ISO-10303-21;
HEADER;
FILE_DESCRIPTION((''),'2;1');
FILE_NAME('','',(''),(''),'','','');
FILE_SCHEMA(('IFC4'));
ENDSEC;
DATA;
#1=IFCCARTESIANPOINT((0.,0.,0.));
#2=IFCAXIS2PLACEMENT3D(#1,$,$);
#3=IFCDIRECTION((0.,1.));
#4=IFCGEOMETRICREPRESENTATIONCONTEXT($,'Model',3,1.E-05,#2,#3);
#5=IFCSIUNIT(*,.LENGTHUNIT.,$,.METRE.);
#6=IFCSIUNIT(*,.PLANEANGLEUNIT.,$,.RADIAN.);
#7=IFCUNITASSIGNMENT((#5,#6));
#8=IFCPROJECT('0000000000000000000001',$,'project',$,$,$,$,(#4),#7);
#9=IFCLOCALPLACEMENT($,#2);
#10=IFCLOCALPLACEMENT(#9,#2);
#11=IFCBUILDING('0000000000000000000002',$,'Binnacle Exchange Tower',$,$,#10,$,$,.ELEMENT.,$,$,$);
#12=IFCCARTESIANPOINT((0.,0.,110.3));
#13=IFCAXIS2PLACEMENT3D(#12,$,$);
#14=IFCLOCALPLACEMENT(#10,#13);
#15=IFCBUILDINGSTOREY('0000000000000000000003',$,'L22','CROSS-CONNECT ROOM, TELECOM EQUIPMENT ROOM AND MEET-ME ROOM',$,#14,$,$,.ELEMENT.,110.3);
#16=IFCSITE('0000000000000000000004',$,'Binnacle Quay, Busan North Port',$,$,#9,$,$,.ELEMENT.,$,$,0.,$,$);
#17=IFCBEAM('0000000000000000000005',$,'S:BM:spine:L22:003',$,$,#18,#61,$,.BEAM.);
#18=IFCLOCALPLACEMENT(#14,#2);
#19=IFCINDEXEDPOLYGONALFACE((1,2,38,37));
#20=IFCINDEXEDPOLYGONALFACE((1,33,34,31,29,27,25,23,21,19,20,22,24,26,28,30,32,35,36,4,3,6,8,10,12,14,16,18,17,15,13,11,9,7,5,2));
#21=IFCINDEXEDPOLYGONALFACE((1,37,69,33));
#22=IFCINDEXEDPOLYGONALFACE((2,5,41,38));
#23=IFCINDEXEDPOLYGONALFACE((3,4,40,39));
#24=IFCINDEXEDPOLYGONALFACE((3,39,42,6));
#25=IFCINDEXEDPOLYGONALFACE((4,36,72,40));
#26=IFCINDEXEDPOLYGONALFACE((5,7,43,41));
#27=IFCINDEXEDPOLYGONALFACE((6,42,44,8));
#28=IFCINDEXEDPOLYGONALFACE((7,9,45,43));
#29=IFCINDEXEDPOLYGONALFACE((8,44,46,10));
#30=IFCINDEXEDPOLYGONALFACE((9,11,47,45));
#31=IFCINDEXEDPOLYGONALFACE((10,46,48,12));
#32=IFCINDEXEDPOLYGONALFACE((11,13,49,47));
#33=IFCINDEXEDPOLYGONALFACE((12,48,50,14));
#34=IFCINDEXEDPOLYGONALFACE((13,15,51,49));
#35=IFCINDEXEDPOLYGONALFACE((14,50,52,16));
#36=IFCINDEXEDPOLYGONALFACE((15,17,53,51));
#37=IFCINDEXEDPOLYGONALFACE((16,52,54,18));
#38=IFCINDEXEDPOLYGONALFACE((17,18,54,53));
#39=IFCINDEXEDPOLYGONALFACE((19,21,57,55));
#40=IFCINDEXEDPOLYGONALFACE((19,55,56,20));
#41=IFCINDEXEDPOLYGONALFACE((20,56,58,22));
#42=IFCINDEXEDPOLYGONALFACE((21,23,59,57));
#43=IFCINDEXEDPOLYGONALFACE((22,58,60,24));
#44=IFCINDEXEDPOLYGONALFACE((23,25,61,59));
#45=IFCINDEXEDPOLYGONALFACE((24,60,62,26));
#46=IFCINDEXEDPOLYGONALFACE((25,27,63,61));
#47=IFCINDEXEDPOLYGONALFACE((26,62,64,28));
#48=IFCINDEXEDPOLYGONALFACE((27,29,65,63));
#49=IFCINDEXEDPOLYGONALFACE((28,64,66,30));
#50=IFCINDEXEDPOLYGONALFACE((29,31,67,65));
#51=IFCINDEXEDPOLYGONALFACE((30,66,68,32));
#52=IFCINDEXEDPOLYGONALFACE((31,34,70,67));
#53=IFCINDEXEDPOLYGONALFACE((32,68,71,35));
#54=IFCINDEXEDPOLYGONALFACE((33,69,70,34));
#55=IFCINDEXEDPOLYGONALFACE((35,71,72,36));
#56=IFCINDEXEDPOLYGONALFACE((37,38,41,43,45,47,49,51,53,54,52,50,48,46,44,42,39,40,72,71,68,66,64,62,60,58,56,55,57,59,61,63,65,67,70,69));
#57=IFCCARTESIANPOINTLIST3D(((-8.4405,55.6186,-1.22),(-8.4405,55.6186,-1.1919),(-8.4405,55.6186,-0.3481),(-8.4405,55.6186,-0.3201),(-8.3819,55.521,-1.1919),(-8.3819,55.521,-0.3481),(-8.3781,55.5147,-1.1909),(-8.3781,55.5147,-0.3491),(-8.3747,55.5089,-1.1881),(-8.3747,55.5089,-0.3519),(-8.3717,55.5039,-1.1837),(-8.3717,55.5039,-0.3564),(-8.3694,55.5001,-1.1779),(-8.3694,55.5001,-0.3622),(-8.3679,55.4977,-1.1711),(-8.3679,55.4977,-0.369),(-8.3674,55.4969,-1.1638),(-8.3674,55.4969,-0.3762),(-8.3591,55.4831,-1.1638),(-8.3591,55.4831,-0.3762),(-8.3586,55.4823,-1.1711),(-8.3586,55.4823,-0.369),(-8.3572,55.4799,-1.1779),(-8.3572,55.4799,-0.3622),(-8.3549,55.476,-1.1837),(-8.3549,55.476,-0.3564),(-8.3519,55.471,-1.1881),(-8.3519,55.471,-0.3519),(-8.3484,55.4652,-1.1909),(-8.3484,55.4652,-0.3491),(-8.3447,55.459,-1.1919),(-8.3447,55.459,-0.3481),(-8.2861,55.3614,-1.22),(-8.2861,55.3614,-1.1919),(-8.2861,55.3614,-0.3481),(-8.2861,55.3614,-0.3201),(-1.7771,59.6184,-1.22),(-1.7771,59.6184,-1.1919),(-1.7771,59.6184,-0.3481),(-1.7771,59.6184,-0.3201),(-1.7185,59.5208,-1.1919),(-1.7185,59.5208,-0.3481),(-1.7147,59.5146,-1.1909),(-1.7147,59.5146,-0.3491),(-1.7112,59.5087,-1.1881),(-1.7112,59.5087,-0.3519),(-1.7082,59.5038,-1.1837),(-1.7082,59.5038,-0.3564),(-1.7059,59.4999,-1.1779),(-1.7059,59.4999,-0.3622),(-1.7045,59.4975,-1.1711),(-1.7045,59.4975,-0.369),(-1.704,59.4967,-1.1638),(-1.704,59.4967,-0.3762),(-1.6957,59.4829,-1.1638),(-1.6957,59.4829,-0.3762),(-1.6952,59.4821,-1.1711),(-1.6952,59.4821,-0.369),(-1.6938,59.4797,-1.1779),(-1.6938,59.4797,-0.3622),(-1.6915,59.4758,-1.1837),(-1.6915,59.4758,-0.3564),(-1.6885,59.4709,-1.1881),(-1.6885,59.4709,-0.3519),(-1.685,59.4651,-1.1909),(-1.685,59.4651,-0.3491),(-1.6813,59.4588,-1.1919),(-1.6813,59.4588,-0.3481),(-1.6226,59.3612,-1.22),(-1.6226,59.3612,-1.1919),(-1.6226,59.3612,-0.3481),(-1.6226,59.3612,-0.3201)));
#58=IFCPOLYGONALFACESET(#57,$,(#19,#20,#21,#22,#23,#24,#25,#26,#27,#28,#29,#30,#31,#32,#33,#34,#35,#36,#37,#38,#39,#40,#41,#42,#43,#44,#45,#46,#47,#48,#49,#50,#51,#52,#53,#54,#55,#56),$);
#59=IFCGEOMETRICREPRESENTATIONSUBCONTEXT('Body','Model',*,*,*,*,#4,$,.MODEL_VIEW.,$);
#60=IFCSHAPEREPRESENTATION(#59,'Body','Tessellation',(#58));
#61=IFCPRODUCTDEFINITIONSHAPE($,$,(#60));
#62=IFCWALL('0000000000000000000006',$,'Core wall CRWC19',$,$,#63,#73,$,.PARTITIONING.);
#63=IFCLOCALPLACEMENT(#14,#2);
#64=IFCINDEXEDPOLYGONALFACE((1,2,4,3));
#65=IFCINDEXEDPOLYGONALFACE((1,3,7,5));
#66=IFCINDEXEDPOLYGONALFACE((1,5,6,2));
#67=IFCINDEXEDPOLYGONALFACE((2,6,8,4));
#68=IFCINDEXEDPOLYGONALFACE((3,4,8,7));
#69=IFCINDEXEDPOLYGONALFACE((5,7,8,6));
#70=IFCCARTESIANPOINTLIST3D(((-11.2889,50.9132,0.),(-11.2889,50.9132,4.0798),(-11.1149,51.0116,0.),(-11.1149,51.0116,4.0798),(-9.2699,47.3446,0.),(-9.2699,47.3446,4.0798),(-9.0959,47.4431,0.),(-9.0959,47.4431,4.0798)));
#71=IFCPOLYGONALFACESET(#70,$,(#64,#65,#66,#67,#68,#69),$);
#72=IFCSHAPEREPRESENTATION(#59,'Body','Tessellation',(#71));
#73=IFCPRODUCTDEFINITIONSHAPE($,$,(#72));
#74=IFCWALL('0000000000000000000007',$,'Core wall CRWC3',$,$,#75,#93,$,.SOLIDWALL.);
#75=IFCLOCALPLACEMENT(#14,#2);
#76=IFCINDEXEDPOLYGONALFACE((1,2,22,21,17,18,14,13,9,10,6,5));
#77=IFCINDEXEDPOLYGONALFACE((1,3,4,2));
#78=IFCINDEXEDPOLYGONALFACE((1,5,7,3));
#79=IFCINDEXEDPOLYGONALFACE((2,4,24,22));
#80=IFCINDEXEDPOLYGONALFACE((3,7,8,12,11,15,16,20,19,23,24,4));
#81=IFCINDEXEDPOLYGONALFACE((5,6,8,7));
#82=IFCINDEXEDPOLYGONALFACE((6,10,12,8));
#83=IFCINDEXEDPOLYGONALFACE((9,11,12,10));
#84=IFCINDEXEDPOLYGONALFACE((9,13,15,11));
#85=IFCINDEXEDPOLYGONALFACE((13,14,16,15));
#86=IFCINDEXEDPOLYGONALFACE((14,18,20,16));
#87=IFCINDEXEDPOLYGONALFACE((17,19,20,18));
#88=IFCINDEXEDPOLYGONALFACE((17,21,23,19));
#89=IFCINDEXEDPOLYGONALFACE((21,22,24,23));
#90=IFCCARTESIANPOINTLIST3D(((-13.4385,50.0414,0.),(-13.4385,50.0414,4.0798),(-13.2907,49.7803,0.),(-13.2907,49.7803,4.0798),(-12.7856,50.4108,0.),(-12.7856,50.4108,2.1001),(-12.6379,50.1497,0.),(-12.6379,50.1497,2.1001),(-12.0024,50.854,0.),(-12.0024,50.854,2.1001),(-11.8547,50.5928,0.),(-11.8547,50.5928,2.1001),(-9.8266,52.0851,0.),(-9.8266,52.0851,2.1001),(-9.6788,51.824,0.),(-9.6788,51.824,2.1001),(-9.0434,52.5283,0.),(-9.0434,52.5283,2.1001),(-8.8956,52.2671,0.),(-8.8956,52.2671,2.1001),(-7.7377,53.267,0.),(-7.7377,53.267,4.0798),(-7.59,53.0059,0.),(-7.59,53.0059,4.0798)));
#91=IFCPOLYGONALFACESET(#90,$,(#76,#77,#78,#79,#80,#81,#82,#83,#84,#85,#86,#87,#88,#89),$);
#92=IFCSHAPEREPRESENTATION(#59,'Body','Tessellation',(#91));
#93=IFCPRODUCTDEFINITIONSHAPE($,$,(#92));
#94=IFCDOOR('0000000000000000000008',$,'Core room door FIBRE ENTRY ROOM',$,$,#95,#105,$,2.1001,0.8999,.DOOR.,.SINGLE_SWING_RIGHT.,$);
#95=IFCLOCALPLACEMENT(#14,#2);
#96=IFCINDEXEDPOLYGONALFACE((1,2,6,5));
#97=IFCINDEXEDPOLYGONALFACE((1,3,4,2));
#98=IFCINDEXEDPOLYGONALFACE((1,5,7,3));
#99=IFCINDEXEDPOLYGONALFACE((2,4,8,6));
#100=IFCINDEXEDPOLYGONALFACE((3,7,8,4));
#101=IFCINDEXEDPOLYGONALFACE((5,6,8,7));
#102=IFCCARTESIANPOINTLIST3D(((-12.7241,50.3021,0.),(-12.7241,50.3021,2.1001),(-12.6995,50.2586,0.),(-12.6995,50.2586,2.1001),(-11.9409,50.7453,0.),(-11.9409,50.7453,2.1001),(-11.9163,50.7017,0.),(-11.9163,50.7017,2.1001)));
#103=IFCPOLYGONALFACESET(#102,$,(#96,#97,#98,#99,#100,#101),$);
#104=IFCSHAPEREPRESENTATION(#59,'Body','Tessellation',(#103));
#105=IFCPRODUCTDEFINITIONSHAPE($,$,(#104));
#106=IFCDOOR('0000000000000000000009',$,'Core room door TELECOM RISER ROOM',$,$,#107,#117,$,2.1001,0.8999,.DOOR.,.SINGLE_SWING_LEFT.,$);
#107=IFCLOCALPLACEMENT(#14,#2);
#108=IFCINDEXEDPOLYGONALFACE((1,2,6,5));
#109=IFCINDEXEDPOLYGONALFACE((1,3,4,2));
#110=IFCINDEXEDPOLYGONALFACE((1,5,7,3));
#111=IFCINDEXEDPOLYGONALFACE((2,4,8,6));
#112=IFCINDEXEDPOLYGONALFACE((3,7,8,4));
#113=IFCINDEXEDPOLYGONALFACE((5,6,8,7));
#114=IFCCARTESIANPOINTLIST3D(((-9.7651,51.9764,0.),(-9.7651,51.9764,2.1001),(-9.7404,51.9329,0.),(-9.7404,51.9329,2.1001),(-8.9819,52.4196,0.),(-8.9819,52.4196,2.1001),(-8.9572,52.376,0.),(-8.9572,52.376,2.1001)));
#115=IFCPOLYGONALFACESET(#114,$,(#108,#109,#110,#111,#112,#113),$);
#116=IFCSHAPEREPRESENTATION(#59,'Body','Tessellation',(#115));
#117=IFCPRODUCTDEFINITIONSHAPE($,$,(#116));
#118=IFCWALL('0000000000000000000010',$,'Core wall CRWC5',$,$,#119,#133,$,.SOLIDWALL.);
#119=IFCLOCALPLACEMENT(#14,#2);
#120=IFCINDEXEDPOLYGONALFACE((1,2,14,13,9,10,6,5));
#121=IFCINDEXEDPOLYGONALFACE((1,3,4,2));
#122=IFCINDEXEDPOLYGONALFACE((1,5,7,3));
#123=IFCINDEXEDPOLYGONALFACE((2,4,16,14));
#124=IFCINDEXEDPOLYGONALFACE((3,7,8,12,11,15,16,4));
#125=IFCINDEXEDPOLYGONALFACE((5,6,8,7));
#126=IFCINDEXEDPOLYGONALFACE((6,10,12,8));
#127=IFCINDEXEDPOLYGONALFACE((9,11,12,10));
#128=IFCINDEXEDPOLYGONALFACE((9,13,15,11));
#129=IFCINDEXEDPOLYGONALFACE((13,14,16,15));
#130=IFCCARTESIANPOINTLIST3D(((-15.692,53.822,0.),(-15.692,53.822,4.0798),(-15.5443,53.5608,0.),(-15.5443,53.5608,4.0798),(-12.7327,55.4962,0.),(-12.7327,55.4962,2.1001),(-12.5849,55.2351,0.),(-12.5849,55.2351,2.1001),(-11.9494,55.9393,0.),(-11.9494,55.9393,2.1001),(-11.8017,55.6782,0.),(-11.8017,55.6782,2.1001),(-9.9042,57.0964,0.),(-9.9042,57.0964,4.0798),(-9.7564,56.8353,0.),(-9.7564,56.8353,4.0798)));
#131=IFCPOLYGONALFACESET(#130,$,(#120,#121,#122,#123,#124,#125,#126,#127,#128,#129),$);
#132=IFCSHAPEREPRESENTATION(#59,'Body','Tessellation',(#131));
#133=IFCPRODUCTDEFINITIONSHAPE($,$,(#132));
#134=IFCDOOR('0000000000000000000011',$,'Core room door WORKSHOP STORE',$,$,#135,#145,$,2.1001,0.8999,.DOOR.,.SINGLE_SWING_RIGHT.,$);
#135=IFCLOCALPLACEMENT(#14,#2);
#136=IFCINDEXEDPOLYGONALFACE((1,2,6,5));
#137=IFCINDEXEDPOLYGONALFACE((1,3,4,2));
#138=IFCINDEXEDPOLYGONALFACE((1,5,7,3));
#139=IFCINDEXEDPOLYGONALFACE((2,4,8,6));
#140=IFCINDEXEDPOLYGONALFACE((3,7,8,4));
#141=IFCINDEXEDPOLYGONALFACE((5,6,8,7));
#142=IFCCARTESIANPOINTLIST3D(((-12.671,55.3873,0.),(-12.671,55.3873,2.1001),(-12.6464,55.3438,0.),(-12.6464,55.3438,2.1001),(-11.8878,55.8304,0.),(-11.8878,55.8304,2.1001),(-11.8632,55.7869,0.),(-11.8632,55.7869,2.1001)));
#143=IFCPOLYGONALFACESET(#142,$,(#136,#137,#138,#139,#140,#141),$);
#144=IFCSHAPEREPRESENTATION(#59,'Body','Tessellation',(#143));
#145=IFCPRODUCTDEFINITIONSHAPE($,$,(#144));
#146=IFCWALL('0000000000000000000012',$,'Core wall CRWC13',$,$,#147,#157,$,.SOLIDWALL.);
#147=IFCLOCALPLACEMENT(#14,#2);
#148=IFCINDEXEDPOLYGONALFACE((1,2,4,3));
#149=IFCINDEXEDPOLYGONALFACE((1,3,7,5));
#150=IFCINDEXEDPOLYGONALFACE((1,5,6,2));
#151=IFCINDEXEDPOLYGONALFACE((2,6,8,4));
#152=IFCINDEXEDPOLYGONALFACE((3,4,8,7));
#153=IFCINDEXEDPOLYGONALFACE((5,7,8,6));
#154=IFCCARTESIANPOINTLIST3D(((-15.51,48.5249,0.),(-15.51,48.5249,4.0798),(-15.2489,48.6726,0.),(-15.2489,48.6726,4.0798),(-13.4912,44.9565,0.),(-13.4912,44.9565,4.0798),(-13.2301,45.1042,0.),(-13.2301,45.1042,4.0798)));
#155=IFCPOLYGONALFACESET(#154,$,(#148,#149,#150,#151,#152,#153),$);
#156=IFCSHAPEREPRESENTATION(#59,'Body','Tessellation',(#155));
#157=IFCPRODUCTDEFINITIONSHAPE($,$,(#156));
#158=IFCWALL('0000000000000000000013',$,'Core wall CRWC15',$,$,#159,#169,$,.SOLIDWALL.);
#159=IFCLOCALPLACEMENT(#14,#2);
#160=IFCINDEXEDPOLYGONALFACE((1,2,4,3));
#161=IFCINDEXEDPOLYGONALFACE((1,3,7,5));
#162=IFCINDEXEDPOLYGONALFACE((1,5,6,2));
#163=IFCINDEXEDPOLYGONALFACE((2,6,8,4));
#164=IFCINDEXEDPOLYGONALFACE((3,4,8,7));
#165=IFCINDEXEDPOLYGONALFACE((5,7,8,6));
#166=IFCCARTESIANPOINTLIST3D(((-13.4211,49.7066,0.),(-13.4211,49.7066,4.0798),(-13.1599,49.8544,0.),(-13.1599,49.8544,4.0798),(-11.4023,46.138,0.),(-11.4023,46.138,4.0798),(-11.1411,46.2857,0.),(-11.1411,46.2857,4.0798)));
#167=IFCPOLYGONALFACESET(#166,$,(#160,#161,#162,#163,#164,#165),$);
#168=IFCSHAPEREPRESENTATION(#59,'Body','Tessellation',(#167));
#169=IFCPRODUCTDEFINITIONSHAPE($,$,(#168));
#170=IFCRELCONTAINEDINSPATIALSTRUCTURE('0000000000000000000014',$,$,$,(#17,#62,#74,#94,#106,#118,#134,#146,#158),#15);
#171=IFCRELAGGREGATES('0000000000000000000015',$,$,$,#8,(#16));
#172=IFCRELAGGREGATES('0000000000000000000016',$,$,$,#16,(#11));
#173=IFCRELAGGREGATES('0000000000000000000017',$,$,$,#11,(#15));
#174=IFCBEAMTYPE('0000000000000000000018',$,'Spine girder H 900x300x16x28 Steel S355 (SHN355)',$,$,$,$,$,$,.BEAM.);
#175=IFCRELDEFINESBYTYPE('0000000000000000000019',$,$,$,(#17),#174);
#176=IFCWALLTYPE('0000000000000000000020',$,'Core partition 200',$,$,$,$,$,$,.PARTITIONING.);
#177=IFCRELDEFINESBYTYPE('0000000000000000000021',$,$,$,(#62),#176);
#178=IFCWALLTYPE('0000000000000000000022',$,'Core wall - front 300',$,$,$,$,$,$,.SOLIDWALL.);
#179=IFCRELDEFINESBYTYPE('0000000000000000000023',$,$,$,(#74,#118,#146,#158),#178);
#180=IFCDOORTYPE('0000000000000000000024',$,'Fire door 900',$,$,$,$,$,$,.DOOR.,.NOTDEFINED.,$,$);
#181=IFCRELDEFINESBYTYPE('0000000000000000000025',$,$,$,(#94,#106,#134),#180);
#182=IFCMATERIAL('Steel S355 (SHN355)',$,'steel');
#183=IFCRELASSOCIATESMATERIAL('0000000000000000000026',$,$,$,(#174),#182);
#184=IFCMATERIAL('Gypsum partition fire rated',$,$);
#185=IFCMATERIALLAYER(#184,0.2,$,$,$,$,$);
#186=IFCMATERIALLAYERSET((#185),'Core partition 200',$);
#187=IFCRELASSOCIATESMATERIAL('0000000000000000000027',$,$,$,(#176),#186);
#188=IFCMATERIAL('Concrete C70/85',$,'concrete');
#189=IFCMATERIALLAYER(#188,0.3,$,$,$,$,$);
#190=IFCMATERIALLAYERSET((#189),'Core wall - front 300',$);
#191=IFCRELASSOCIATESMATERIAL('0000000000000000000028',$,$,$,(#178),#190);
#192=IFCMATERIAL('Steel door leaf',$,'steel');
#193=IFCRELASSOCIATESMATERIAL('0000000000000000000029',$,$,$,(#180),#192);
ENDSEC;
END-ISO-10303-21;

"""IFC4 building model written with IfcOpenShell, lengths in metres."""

from ifc_helpers import new_model, si_unit, direction, frame, frame_2d, origin, origin_2d, place, context, subcontext, project, spatial, rectangle, i_section, extrude, material, layer, layer_set, material_profile, profile_set, type_object, element, fill, save


model = new_model("IFC4")

# Units and contexts
model_context = context("Model", 3, precision=1e-05, world=origin(), true_north=direction((0.0, 1.0)))
body_context = subcontext(model_context, "Body", "Model", "MODEL_VIEW")
ifc_project = project(units=[si_unit("LENGTHUNIT", "METRE"), si_unit("PLANEANGLEUNIT", "RADIAN")], contexts=[model_context])

# Site, building, storey
site_placement = place(None, origin())
site = spatial("IfcSite", under=ifc_project, at=site_placement, Name="Binnacle Quay, Busan North Port", CompositionType="ELEMENT", RefElevation=0.0)
building_placement = place(site_placement, origin())
building = spatial("IfcBuilding", under=site, at=building_placement, Name="Binnacle Exchange Tower", CompositionType="ELEMENT")
storey_placement = place(building_placement, frame((0.0, 0.0, 110.3)))
storey = spatial("IfcBuildingStorey", under=building, at=storey_placement, Name="L22", Description="CROSS-CONNECT ROOM, TELECOM EQUIPMENT ROOM AND MEET-ME ROOM", CompositionType="ELEMENT", Elevation=110.3)

# Shared definitions
ifc_material_1 = material(Name="Concrete C70/85", Category="concrete")

# Beam
ifc_material_2 = material(Name="Steel S355 (SHN355)", Category="steel")
ifc_material_profile_1 = material_profile(ifc_material_2, i_section(OverallWidth=0.3, OverallDepth=0.8999, WebThickness=0.0161, FlangeThickness=0.0281, FilletRadius=0.0281, at=origin_2d()), Name="H 900x300x16x28")
ifc_profile_set_1 = profile_set([ifc_material_profile_1], Name="Steel S355 (SHN355)")
beam_type_1 = type_object("IfcBeamType", Name="Spine girder H 900x300x16x28 Steel S355 (SHN355)", PredefinedType="BEAM", material=ifc_profile_set_1)
beam_1_placement = place(storey_placement, frame((-8.3633, 55.49, -0.77), z_axis=(0.857393, 0.514662, 0.0), x_axis=(-0.514662, 0.857393, 0.0)))
element("IfcBeam", 1, at=beam_1_placement, inside=storey, type_object=beam_type_1, Name="S:BM:spine:L22:003", PredefinedType="BEAM", context=body_context, shape_type="SweptSolid", body=[
    extrude(i_section(OverallWidth=0.3, OverallDepth=0.8999, WebThickness=0.0161, FlangeThickness=0.0281, FilletRadius=0.0281, at=origin_2d()), origin(), (0.0, 0.0, 1.0), 7.7717),
])

# Wall
ifc_material_3 = material(Name="Gypsum partition fire rated")
ifc_layer_1 = layer(ifc_material_3, 0.2)
ifc_layer_set_1 = layer_set([ifc_layer_1], Name="Core partition 200")
wall_type_1 = type_object("IfcWallType", Name="Core partition 200", PredefinedType="PARTITIONING", material=ifc_layer_set_1)
wall_1_placement = place(storey_placement, frame((-11.2019, 50.9624, 0.0), z_axis=(0.0, 0.0, 1.0), x_axis=(0.492428, -0.870353, 0.0)))
element("IfcWall", 2, at=wall_1_placement, inside=storey, type_object=wall_type_1, Name="Core wall CRWC19", PredefinedType="PARTITIONING", context=body_context, shape_type="SweptSolid", body=[
    extrude(rectangle(XDim=4.1001, YDim=0.2, at=frame_2d((2.05, 0.0))), origin(), (0.0, 0.0, 1.0), 4.0798),
])

# Wall, openings, doors
ifc_layer_2 = layer(ifc_material_1, 0.3)
ifc_layer_set_2 = layer_set([ifc_layer_2], Name="Core wall - front 300")
wall_type_2 = type_object("IfcWallType", Name="Core wall - front 300", PredefinedType="SOLIDWALL", material=ifc_layer_set_2)
wall_2_placement = place(storey_placement, frame((-13.3645, 49.9109, 0.0), z_axis=(0.0, 0.0, 1.0), x_axis=(0.870336, 0.492458, 0.0)))
wall_2 = element("IfcWall", 3, at=wall_2_placement, inside=storey, type_object=wall_type_2, Name="Core wall CRWC3", PredefinedType="SOLIDWALL", context=body_context, shape_type="SweptSolid", body=[
    extrude(rectangle(XDim=6.55, YDim=0.3, at=frame_2d((3.2749, 0.0))), origin(), (0.0, 0.0, 1.0), 4.0798),
])
opening_1_placement = place(wall_2_placement, frame((0.75, 0.0, 0.0)))
opening_1 = element("IfcOpeningElement", 4, at=opening_1_placement, cuts=wall_2, PredefinedType="OPENING", context=body_context, shape_type="SweptSolid", body=[
    extrude(rectangle(XDim=0.8999, YDim=2.1001, at=frame_2d((0.45, 1.05))), frame((0.0, 0.1599, 0.0), z_axis=(0.0, -1.0, 0.0), x_axis=(1.0, 0.0, 0.0)), (0.0, 0.0, 1.0), 0.3201),
])
opening_2_placement = place(wall_2_placement, frame((4.1499, 0.0, 0.0)))
opening_2 = element("IfcOpeningElement", 5, at=opening_2_placement, cuts=wall_2, PredefinedType="OPENING", context=body_context, shape_type="SweptSolid", body=[
    extrude(rectangle(XDim=0.8999, YDim=2.1001, at=frame_2d((0.45, 1.05))), frame((0.0, 0.1599, 0.0), z_axis=(0.0, -1.0, 0.0), x_axis=(1.0, 0.0, 0.0)), (0.0, 0.0, 1.0), 0.3201),
])
ifc_material_4 = material(Name="Steel door leaf", Category="steel")
door_type_1 = type_object("IfcDoorType", Name="Fire door 900", OperationType="NOTDEFINED", PredefinedType="DOOR", material=ifc_material_4)
door_1_placement = place(opening_1_placement, frame((0.8999, 0.0, 0.0), z_axis=(0.0, 0.0, 1.0), x_axis=(-1.0, 0.0, 0.0)))
door_1 = element("IfcDoor", 6, at=door_1_placement, inside=storey, type_object=door_type_1, Name="Core room door FIBRE ENTRY ROOM", OperationType="SINGLE_SWING_RIGHT", OverallHeight=2.1001, OverallWidth=0.8999, PredefinedType="DOOR", context=body_context, shape_type="SweptSolid", body=[
    extrude(rectangle(XDim=0.8999, YDim=2.1001, at=frame_2d((0.45, 1.05))), frame((0.0, 0.0249, 0.0), z_axis=(0.0, -1.0, 0.0), x_axis=(1.0, 0.0, 0.0)), (0.0, 0.0, 1.0), 0.05),
])
fill(opening_1, door_1)
door_2_placement = place(opening_2_placement, frame((0.8999, 0.0, 0.0), z_axis=(0.0, 0.0, 1.0), x_axis=(-1.0, 0.0, 0.0)))
door_2 = element("IfcDoor", 7, at=door_2_placement, inside=storey, type_object=door_type_1, Name="Core room door TELECOM RISER ROOM", OperationType="SINGLE_SWING_LEFT", OverallHeight=2.1001, OverallWidth=0.8999, PredefinedType="DOOR", context=body_context, shape_type="SweptSolid", body=[
    extrude(rectangle(XDim=0.8999, YDim=2.1001, at=frame_2d((0.45, 1.05))), frame((0.0, 0.0249, 0.0), z_axis=(0.0, -1.0, 0.0), x_axis=(1.0, 0.0, 0.0)), (0.0, 0.0, 1.0), 0.05),
])
fill(opening_2, door_2)

# Wall, opening, door
wall_3_placement = place(storey_placement, frame((-15.6182, 53.6914, 0.0), z_axis=(0.0, 0.0, 1.0), x_axis=(0.870368, 0.492402, 0.0)))
wall_3 = element("IfcWall", 8, at=wall_3_placement, inside=storey, type_object=wall_type_2, Name="Core wall CRWC5", PredefinedType="SOLIDWALL", context=body_context, shape_type="SweptSolid", body=[
    extrude(rectangle(XDim=6.6499, YDim=0.3, at=frame_2d((3.325, 0.0))), origin(), (0.0, 0.0, 1.0), 4.0798),
])
opening_3_placement = place(wall_3_placement, frame((3.4001, 0.0, 0.0)))
opening_3 = element("IfcOpeningElement", 9, at=opening_3_placement, cuts=wall_3, PredefinedType="OPENING", context=body_context, shape_type="SweptSolid", body=[
    extrude(rectangle(XDim=0.8999, YDim=2.1001, at=frame_2d((0.45, 1.05))), frame((0.0, 0.1599, 0.0), z_axis=(0.0, -1.0, 0.0), x_axis=(1.0, 0.0, 0.0)), (0.0, 0.0, 1.0), 0.3201),
])
door_3_placement = place(opening_3_placement, origin())
door_3 = element("IfcDoor", 10, at=door_3_placement, inside=storey, type_object=door_type_1, Name="Core room door WORKSHOP STORE", OperationType="SINGLE_SWING_RIGHT", OverallHeight=2.1001, OverallWidth=0.8999, PredefinedType="DOOR", context=body_context, shape_type="SweptSolid", body=[
    extrude(rectangle(XDim=0.8999, YDim=2.1001, at=frame_2d((0.45, 1.05))), frame((0.0, 0.0249, 0.0), z_axis=(0.0, -1.0, 0.0), x_axis=(1.0, 0.0, 0.0)), (0.0, 0.0, 1.0), 0.05),
])
fill(opening_3, door_3)

# Walls
wall_4_placement = place(storey_placement, frame((-15.3794, 48.5986, 0.0), z_axis=(0.0, 0.0, 1.0), x_axis=(0.492408, -0.870364, 0.0)))
element("IfcWall", 11, at=wall_4_placement, inside=storey, type_object=wall_type_2, Name="Core wall CRWC13", PredefinedType="SOLIDWALL", context=body_context, shape_type="SweptSolid", body=[
    extrude(rectangle(XDim=4.0999, YDim=0.3, at=frame_2d((2.0498, 0.0))), origin(), (0.0, 0.0, 1.0), 4.0798),
])
wall_5_placement = place(storey_placement, frame((-13.2905, 49.7805, 0.0), z_axis=(0.0, 0.0, 1.0), x_axis=(0.492383, -0.870379, 0.0)))
element("IfcWall", 12, at=wall_5_placement, inside=storey, type_object=wall_type_2, Name="Core wall CRWC15", PredefinedType="SOLIDWALL", context=body_context, shape_type="SweptSolid", body=[
    extrude(rectangle(XDim=4.1001, YDim=0.3, at=frame_2d((2.05, 0.0))), origin(), (0.0, 0.0, 1.0), 4.0798),
])

save(model, "model.ifc")
